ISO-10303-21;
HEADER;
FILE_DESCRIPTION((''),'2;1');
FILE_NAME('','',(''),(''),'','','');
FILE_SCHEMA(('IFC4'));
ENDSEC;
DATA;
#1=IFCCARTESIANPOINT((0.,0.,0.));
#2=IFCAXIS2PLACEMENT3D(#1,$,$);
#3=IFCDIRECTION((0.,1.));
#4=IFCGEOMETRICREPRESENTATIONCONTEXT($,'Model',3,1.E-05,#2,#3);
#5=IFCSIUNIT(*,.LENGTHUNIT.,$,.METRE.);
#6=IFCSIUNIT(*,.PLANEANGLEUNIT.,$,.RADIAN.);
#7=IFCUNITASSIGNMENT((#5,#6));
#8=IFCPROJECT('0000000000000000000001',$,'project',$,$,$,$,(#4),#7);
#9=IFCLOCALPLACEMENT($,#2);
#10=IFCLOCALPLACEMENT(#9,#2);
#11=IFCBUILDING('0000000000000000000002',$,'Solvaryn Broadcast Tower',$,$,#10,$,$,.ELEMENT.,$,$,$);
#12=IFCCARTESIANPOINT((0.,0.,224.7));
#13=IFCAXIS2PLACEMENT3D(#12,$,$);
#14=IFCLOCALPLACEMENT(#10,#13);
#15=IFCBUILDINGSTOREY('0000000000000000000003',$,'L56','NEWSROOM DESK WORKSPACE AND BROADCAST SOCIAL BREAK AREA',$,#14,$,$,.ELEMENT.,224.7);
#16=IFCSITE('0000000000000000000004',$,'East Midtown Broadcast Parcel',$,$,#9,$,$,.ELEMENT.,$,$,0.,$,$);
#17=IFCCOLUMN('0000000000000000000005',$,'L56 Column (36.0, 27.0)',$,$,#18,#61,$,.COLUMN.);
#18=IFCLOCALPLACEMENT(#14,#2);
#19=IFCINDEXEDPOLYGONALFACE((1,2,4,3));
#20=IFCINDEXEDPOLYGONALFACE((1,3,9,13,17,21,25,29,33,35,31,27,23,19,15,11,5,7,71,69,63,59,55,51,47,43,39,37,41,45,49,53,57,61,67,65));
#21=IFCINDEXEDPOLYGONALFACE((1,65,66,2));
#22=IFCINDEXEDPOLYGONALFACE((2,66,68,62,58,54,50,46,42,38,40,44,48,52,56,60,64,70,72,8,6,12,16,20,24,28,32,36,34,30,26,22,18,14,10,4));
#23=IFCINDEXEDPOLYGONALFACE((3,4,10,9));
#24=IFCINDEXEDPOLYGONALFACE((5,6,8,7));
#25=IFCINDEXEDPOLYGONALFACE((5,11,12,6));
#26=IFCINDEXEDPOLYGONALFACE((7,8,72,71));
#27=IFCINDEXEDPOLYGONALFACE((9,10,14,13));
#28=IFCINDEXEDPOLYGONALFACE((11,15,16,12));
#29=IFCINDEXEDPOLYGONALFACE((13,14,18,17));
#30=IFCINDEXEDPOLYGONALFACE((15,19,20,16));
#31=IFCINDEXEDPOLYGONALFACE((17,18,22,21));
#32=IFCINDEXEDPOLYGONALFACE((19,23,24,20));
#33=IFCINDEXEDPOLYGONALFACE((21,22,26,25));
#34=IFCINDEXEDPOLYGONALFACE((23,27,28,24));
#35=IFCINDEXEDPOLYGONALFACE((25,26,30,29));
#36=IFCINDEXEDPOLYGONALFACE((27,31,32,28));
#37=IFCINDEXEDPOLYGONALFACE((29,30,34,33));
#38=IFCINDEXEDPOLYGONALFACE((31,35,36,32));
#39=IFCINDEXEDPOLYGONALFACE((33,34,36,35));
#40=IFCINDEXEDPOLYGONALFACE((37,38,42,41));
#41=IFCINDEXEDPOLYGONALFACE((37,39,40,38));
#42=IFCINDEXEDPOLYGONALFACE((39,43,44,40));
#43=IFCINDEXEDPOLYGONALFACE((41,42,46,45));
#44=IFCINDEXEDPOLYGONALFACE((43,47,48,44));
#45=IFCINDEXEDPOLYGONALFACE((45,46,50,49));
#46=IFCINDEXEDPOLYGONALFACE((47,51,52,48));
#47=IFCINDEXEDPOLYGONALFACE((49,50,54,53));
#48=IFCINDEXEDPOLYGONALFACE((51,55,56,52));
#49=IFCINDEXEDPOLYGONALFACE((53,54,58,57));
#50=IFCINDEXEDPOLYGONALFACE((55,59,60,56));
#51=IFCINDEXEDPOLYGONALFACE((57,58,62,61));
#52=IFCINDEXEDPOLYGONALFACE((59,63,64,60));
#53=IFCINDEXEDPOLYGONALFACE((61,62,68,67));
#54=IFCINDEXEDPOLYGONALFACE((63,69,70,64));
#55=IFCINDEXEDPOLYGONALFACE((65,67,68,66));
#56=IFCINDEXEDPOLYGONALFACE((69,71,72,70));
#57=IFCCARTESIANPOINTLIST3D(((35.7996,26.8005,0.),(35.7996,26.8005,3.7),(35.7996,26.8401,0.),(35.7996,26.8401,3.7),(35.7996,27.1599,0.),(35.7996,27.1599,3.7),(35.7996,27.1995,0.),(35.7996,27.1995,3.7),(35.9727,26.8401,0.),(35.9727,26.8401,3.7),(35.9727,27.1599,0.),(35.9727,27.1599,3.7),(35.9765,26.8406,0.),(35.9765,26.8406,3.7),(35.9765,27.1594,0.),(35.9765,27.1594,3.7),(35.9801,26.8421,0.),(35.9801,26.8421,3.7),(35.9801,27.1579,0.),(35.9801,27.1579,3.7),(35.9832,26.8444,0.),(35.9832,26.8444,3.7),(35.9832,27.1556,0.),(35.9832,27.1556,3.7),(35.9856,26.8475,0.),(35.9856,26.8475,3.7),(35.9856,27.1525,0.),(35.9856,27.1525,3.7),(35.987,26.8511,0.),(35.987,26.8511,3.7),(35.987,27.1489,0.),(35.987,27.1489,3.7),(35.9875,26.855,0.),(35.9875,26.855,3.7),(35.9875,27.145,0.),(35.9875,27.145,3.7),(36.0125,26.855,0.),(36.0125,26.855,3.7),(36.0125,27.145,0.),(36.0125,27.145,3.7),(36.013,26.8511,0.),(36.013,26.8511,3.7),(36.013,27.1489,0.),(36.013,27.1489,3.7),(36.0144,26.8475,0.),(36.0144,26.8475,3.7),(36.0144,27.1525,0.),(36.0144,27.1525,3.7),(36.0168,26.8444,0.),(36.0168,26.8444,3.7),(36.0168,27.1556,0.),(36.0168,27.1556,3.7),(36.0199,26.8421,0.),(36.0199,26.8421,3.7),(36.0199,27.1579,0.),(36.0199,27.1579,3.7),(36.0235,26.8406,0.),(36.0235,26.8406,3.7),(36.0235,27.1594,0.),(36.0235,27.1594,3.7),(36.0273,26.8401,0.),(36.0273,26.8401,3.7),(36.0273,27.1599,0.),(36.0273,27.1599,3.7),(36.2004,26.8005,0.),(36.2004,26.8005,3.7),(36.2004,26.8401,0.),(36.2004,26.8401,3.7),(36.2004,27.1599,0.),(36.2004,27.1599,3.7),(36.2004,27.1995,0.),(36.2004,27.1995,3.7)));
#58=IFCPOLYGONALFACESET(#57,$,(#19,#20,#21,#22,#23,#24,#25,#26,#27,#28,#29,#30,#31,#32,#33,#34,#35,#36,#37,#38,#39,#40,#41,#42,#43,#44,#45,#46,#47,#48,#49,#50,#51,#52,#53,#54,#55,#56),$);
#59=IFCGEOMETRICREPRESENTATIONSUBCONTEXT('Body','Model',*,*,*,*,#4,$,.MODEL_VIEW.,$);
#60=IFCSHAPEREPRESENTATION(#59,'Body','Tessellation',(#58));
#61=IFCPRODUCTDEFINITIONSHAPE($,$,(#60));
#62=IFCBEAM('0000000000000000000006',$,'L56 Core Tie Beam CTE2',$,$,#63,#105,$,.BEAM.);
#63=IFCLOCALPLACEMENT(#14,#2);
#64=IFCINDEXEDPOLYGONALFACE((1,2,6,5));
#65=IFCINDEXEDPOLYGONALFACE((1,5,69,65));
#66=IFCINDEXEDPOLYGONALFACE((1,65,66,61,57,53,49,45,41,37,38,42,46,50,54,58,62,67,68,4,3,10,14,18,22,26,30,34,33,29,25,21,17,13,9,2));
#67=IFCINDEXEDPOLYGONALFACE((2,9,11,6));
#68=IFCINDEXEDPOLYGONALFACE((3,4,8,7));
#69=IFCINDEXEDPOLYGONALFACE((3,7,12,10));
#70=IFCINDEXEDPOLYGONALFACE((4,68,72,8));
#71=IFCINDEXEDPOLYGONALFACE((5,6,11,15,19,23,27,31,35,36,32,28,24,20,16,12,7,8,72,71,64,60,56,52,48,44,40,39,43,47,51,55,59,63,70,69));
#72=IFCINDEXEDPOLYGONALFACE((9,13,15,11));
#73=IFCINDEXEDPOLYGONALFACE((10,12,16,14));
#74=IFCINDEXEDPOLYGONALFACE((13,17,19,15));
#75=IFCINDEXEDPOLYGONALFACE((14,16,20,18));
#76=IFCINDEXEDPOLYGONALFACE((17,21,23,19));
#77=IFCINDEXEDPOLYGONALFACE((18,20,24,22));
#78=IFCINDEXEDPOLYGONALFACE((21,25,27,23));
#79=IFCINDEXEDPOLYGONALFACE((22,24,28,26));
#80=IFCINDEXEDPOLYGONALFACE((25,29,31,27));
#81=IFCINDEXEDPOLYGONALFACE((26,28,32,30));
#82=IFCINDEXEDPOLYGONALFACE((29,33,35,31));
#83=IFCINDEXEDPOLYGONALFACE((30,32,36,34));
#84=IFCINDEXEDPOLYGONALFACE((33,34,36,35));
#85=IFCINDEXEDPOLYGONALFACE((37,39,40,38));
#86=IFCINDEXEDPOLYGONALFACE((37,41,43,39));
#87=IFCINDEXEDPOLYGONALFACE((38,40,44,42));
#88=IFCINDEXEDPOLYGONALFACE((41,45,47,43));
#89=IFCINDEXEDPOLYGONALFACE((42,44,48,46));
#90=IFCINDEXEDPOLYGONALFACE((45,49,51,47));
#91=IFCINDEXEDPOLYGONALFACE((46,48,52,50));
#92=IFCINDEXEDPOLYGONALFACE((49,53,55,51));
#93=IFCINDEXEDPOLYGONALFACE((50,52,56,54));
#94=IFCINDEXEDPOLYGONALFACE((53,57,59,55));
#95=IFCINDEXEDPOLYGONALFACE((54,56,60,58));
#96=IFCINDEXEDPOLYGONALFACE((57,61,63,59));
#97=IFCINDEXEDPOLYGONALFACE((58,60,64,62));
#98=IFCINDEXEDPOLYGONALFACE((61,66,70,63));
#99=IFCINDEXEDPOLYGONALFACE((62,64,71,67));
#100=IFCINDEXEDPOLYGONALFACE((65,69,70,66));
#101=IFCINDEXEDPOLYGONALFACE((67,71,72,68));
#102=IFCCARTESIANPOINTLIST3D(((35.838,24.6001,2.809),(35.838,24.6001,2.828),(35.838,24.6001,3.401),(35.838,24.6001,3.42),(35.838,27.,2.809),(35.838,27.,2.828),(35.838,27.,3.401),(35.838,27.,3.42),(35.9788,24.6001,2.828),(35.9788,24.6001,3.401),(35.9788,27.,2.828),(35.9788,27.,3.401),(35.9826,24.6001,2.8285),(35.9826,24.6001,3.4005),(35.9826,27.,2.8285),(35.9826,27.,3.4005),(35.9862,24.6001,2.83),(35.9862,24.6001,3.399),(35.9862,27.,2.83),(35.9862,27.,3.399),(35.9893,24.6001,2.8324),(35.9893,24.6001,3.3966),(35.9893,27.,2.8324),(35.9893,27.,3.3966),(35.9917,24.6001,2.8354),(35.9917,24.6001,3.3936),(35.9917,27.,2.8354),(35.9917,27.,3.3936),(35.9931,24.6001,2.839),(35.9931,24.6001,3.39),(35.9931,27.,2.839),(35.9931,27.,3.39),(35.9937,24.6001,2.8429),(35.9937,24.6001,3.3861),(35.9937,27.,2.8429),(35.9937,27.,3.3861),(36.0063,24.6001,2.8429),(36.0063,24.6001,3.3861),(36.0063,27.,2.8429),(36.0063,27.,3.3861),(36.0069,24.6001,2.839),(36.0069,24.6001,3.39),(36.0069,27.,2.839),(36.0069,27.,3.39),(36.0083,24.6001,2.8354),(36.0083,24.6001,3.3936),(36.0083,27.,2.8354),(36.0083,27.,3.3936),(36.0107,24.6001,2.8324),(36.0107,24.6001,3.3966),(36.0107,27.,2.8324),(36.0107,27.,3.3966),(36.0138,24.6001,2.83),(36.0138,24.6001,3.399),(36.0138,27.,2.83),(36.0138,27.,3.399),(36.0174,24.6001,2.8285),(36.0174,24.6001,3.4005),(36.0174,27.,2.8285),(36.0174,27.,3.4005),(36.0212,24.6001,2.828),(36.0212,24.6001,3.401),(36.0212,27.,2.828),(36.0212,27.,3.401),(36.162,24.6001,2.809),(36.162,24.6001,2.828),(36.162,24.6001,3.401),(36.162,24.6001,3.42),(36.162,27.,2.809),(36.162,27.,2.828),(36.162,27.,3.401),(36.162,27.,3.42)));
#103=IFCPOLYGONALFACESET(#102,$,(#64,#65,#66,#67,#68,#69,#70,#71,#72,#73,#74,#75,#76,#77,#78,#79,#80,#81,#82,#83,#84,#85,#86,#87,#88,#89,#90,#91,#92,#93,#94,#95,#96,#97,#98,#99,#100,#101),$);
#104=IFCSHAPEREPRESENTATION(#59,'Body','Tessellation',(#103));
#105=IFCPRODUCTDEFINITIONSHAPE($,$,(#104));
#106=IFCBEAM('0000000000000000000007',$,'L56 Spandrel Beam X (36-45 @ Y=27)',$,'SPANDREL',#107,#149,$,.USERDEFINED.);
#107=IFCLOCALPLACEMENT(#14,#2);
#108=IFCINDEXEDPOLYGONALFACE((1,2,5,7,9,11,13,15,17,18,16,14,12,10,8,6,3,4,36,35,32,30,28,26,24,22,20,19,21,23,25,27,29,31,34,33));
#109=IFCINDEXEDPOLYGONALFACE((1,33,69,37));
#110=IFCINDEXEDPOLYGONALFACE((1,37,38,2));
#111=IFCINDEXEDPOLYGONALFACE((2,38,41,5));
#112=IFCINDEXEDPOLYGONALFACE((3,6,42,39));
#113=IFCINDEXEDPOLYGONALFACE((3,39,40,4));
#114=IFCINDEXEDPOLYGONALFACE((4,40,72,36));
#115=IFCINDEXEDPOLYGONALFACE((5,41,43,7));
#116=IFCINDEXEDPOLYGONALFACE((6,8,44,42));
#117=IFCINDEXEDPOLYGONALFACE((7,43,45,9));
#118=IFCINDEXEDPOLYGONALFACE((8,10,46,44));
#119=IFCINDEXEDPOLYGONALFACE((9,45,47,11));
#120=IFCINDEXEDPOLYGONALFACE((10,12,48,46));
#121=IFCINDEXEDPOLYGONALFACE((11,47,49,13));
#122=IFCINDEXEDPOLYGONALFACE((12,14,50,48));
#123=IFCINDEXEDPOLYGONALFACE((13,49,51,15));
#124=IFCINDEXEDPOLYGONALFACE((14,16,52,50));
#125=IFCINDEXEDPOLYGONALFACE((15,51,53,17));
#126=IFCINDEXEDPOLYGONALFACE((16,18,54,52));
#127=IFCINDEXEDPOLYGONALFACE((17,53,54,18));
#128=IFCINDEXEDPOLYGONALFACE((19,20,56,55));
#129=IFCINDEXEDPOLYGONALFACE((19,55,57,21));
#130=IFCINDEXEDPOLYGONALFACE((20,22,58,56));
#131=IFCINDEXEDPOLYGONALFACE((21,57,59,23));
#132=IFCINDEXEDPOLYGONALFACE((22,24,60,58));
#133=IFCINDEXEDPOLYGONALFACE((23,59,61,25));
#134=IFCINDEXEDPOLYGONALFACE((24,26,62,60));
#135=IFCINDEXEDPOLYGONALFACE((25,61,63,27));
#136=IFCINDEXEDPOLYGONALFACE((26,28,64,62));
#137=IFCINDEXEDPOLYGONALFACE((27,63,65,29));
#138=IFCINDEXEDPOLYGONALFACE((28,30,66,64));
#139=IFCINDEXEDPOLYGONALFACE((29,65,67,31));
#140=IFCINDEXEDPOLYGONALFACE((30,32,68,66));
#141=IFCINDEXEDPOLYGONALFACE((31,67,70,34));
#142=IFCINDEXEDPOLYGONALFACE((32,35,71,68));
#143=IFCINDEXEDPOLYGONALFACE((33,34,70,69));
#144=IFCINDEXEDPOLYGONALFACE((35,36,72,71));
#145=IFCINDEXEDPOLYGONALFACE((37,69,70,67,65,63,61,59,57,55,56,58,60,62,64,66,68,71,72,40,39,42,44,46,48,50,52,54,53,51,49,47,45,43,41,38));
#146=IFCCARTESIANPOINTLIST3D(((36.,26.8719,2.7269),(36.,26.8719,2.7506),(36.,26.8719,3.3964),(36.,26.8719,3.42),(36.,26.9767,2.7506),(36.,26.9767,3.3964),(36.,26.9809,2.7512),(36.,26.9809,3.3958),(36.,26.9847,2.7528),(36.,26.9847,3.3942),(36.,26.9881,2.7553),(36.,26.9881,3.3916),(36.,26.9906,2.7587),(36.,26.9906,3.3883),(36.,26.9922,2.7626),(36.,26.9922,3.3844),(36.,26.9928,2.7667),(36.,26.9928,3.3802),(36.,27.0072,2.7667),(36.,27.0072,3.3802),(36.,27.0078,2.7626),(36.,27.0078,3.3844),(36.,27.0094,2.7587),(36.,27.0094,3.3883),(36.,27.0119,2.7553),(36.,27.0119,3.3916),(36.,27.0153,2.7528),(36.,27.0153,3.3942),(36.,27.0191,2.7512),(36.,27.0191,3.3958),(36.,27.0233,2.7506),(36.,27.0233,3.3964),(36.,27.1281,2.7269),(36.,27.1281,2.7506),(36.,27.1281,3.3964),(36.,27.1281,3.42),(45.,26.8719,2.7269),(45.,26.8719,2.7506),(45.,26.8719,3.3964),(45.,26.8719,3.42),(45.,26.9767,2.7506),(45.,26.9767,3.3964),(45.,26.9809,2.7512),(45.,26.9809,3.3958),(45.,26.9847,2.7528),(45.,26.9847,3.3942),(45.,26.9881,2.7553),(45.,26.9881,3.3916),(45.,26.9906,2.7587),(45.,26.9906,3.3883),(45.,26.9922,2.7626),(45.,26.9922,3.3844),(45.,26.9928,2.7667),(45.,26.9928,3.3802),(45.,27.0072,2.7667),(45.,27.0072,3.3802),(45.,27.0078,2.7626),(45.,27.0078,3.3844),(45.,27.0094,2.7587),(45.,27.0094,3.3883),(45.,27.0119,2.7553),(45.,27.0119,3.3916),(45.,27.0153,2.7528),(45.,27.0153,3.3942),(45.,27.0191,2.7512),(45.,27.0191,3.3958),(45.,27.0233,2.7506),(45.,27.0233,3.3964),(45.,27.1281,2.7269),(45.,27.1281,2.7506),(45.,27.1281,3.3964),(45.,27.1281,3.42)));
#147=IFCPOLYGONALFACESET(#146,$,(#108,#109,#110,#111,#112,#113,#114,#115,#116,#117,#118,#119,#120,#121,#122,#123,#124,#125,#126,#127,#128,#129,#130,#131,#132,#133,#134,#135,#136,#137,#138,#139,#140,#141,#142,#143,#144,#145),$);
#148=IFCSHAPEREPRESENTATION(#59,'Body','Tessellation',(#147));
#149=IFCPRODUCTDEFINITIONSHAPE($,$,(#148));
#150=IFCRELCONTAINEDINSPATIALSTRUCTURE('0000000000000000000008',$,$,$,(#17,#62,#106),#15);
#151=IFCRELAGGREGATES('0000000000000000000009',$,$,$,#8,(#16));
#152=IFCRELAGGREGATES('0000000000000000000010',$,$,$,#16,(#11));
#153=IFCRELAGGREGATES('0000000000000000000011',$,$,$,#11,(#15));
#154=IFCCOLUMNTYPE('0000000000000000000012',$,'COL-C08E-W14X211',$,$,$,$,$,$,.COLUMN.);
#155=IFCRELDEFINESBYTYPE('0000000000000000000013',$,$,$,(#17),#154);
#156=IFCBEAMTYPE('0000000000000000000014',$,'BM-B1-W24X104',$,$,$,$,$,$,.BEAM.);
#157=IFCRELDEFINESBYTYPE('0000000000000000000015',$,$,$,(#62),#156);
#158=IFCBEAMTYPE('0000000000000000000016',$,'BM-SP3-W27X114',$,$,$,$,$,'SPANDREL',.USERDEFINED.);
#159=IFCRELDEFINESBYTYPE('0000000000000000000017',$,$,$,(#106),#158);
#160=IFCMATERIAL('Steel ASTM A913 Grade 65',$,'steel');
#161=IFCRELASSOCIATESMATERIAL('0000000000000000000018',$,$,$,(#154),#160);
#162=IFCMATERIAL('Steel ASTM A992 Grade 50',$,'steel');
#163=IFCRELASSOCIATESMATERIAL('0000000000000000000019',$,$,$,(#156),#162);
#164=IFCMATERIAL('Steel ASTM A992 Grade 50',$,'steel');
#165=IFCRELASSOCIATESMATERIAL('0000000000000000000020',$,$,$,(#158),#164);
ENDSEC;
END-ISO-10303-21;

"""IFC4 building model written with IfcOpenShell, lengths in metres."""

from ifc_helpers import new_model, si_unit, direction, frame, origin, origin_2d, place, context, subcontext, project, spatial, i_section, extrude, material, material_profile, profile_set, type_object, element, save


model = new_model("IFC4")

# Units and contexts
model_context = context("Model", 3, precision=1e-05, world=origin(), true_north=direction((0.0, 1.0)))
body_context = subcontext(model_context, "Body", "Model", "MODEL_VIEW")
ifc_project = project(units=[si_unit("LENGTHUNIT", "METRE"), si_unit("PLANEANGLEUNIT", "RADIAN")], contexts=[model_context])

# Site, building, storey
site_placement = place(None, origin())
site = spatial("IfcSite", under=ifc_project, at=site_placement, Name="East Midtown Broadcast Parcel", CompositionType="ELEMENT", RefElevation=0.0)
building_placement = place(site_placement, origin())
building = spatial("IfcBuilding", under=site, at=building_placement, Name="Solvaryn Broadcast Tower", CompositionType="ELEMENT")
storey_placement = place(building_placement, frame((0.0, 0.0, 224.7)))
storey = spatial("IfcBuildingStorey", under=building, at=storey_placement, Name="L56", Description="NEWSROOM DESK WORKSPACE AND BROADCAST SOCIAL BREAK AREA", CompositionType="ELEMENT", Elevation=224.7)

# Column
ifc_material_1 = material(Name="Steel ASTM A913 Grade 65", Category="steel")
ifc_material_profile_1 = material_profile(ifc_material_1, i_section(OverallWidth=0.4009, OverallDepth=0.3989, WebThickness=0.0249, FlangeThickness=0.0396, FilletRadius=0.0149, at=origin_2d()))
ifc_profile_set_1 = profile_set([ifc_material_profile_1], Name="Steel ASTM A913 Grade 65")
column_type = type_object("IfcColumnType", Name="COL-C08E-W14X211", PredefinedType="COLUMN", material=ifc_profile_set_1)
column_placement = place(storey_placement, frame((36.0, 27.0, 0.0), z_axis=(0.0, 0.0, 1.0), x_axis=(1.0, 0.0, 0.0)))
element("IfcColumn", 1, at=column_placement, inside=storey, type_object=column_type, Name="L56 Column (36.0, 27.0)", PredefinedType="COLUMN", context=body_context, shape_type="SweptSolid", body=[
    extrude(i_section(OverallWidth=0.4009, OverallDepth=0.3989, WebThickness=0.0249, FlangeThickness=0.0396, FilletRadius=0.0149, at=origin_2d()), origin(), (0.0, 0.0, 1.0), 3.7),
])

# Beams
ifc_material_2 = material(Name="Steel ASTM A992 Grade 50", Category="steel")
ifc_material_profile_2 = material_profile(ifc_material_2, i_section(OverallWidth=0.324, OverallDepth=0.6111, WebThickness=0.0127, FlangeThickness=0.019, FilletRadius=0.0149, at=origin_2d()))
ifc_profile_set_2 = profile_set([ifc_material_profile_2], Name="Steel ASTM A992 Grade 50")
beam_type_1 = type_object("IfcBeamType", Name="BM-B1-W24X104", PredefinedType="BEAM", material=ifc_profile_set_2)
beam_1_placement = place(storey_placement, frame((36.0, 24.6001, 3.1145), z_axis=(0.0, 1.0, 0.0), x_axis=(-1.0, 0.0, 0.0)))
element("IfcBeam", 2, at=beam_1_placement, inside=storey, type_object=beam_type_1, Name="L56 Core Tie Beam CTE2", PredefinedType="BEAM", context=body_context, shape_type="SweptSolid", body=[
    extrude(i_section(OverallWidth=0.324, OverallDepth=0.6111, WebThickness=0.0127, FlangeThickness=0.019, FilletRadius=0.0149, at=origin_2d()), origin(), (0.0, 0.0, 1.0), 2.3999),
])
ifc_material_3 = material(Name="Steel ASTM A992 Grade 50", Category="steel")
ifc_material_profile_3 = material_profile(ifc_material_3, i_section(OverallWidth=0.2561, OverallDepth=0.6931, WebThickness=0.0144, FlangeThickness=0.0237, FilletRadius=0.0161, at=origin_2d()))
ifc_profile_set_3 = profile_set([ifc_material_profile_3], Name="Steel ASTM A992 Grade 50")
beam_type_2 = type_object("IfcBeamType", Name="BM-SP3-W27X114", ElementType="SPANDREL", PredefinedType="USERDEFINED", material=ifc_profile_set_3)
beam_2_placement = place(storey_placement, frame((36.0, 27.0, 3.0735), z_axis=(1.0, 0.0, 0.0), x_axis=(0.0, 1.0, 0.0)))
element("IfcBeam", 3, at=beam_2_placement, inside=storey, type_object=beam_type_2, Name="L56 Spandrel Beam X (36-45 @ Y=27)", ObjectType="SPANDREL", PredefinedType="USERDEFINED", context=body_context, shape_type="SweptSolid", body=[
    extrude(i_section(OverallWidth=0.2561, OverallDepth=0.6931, WebThickness=0.0144, FlangeThickness=0.0237, FilletRadius=0.0161, at=origin_2d()), origin(), (0.0, 0.0, 1.0), 9.0),
])

save(model, "model.ifc")
